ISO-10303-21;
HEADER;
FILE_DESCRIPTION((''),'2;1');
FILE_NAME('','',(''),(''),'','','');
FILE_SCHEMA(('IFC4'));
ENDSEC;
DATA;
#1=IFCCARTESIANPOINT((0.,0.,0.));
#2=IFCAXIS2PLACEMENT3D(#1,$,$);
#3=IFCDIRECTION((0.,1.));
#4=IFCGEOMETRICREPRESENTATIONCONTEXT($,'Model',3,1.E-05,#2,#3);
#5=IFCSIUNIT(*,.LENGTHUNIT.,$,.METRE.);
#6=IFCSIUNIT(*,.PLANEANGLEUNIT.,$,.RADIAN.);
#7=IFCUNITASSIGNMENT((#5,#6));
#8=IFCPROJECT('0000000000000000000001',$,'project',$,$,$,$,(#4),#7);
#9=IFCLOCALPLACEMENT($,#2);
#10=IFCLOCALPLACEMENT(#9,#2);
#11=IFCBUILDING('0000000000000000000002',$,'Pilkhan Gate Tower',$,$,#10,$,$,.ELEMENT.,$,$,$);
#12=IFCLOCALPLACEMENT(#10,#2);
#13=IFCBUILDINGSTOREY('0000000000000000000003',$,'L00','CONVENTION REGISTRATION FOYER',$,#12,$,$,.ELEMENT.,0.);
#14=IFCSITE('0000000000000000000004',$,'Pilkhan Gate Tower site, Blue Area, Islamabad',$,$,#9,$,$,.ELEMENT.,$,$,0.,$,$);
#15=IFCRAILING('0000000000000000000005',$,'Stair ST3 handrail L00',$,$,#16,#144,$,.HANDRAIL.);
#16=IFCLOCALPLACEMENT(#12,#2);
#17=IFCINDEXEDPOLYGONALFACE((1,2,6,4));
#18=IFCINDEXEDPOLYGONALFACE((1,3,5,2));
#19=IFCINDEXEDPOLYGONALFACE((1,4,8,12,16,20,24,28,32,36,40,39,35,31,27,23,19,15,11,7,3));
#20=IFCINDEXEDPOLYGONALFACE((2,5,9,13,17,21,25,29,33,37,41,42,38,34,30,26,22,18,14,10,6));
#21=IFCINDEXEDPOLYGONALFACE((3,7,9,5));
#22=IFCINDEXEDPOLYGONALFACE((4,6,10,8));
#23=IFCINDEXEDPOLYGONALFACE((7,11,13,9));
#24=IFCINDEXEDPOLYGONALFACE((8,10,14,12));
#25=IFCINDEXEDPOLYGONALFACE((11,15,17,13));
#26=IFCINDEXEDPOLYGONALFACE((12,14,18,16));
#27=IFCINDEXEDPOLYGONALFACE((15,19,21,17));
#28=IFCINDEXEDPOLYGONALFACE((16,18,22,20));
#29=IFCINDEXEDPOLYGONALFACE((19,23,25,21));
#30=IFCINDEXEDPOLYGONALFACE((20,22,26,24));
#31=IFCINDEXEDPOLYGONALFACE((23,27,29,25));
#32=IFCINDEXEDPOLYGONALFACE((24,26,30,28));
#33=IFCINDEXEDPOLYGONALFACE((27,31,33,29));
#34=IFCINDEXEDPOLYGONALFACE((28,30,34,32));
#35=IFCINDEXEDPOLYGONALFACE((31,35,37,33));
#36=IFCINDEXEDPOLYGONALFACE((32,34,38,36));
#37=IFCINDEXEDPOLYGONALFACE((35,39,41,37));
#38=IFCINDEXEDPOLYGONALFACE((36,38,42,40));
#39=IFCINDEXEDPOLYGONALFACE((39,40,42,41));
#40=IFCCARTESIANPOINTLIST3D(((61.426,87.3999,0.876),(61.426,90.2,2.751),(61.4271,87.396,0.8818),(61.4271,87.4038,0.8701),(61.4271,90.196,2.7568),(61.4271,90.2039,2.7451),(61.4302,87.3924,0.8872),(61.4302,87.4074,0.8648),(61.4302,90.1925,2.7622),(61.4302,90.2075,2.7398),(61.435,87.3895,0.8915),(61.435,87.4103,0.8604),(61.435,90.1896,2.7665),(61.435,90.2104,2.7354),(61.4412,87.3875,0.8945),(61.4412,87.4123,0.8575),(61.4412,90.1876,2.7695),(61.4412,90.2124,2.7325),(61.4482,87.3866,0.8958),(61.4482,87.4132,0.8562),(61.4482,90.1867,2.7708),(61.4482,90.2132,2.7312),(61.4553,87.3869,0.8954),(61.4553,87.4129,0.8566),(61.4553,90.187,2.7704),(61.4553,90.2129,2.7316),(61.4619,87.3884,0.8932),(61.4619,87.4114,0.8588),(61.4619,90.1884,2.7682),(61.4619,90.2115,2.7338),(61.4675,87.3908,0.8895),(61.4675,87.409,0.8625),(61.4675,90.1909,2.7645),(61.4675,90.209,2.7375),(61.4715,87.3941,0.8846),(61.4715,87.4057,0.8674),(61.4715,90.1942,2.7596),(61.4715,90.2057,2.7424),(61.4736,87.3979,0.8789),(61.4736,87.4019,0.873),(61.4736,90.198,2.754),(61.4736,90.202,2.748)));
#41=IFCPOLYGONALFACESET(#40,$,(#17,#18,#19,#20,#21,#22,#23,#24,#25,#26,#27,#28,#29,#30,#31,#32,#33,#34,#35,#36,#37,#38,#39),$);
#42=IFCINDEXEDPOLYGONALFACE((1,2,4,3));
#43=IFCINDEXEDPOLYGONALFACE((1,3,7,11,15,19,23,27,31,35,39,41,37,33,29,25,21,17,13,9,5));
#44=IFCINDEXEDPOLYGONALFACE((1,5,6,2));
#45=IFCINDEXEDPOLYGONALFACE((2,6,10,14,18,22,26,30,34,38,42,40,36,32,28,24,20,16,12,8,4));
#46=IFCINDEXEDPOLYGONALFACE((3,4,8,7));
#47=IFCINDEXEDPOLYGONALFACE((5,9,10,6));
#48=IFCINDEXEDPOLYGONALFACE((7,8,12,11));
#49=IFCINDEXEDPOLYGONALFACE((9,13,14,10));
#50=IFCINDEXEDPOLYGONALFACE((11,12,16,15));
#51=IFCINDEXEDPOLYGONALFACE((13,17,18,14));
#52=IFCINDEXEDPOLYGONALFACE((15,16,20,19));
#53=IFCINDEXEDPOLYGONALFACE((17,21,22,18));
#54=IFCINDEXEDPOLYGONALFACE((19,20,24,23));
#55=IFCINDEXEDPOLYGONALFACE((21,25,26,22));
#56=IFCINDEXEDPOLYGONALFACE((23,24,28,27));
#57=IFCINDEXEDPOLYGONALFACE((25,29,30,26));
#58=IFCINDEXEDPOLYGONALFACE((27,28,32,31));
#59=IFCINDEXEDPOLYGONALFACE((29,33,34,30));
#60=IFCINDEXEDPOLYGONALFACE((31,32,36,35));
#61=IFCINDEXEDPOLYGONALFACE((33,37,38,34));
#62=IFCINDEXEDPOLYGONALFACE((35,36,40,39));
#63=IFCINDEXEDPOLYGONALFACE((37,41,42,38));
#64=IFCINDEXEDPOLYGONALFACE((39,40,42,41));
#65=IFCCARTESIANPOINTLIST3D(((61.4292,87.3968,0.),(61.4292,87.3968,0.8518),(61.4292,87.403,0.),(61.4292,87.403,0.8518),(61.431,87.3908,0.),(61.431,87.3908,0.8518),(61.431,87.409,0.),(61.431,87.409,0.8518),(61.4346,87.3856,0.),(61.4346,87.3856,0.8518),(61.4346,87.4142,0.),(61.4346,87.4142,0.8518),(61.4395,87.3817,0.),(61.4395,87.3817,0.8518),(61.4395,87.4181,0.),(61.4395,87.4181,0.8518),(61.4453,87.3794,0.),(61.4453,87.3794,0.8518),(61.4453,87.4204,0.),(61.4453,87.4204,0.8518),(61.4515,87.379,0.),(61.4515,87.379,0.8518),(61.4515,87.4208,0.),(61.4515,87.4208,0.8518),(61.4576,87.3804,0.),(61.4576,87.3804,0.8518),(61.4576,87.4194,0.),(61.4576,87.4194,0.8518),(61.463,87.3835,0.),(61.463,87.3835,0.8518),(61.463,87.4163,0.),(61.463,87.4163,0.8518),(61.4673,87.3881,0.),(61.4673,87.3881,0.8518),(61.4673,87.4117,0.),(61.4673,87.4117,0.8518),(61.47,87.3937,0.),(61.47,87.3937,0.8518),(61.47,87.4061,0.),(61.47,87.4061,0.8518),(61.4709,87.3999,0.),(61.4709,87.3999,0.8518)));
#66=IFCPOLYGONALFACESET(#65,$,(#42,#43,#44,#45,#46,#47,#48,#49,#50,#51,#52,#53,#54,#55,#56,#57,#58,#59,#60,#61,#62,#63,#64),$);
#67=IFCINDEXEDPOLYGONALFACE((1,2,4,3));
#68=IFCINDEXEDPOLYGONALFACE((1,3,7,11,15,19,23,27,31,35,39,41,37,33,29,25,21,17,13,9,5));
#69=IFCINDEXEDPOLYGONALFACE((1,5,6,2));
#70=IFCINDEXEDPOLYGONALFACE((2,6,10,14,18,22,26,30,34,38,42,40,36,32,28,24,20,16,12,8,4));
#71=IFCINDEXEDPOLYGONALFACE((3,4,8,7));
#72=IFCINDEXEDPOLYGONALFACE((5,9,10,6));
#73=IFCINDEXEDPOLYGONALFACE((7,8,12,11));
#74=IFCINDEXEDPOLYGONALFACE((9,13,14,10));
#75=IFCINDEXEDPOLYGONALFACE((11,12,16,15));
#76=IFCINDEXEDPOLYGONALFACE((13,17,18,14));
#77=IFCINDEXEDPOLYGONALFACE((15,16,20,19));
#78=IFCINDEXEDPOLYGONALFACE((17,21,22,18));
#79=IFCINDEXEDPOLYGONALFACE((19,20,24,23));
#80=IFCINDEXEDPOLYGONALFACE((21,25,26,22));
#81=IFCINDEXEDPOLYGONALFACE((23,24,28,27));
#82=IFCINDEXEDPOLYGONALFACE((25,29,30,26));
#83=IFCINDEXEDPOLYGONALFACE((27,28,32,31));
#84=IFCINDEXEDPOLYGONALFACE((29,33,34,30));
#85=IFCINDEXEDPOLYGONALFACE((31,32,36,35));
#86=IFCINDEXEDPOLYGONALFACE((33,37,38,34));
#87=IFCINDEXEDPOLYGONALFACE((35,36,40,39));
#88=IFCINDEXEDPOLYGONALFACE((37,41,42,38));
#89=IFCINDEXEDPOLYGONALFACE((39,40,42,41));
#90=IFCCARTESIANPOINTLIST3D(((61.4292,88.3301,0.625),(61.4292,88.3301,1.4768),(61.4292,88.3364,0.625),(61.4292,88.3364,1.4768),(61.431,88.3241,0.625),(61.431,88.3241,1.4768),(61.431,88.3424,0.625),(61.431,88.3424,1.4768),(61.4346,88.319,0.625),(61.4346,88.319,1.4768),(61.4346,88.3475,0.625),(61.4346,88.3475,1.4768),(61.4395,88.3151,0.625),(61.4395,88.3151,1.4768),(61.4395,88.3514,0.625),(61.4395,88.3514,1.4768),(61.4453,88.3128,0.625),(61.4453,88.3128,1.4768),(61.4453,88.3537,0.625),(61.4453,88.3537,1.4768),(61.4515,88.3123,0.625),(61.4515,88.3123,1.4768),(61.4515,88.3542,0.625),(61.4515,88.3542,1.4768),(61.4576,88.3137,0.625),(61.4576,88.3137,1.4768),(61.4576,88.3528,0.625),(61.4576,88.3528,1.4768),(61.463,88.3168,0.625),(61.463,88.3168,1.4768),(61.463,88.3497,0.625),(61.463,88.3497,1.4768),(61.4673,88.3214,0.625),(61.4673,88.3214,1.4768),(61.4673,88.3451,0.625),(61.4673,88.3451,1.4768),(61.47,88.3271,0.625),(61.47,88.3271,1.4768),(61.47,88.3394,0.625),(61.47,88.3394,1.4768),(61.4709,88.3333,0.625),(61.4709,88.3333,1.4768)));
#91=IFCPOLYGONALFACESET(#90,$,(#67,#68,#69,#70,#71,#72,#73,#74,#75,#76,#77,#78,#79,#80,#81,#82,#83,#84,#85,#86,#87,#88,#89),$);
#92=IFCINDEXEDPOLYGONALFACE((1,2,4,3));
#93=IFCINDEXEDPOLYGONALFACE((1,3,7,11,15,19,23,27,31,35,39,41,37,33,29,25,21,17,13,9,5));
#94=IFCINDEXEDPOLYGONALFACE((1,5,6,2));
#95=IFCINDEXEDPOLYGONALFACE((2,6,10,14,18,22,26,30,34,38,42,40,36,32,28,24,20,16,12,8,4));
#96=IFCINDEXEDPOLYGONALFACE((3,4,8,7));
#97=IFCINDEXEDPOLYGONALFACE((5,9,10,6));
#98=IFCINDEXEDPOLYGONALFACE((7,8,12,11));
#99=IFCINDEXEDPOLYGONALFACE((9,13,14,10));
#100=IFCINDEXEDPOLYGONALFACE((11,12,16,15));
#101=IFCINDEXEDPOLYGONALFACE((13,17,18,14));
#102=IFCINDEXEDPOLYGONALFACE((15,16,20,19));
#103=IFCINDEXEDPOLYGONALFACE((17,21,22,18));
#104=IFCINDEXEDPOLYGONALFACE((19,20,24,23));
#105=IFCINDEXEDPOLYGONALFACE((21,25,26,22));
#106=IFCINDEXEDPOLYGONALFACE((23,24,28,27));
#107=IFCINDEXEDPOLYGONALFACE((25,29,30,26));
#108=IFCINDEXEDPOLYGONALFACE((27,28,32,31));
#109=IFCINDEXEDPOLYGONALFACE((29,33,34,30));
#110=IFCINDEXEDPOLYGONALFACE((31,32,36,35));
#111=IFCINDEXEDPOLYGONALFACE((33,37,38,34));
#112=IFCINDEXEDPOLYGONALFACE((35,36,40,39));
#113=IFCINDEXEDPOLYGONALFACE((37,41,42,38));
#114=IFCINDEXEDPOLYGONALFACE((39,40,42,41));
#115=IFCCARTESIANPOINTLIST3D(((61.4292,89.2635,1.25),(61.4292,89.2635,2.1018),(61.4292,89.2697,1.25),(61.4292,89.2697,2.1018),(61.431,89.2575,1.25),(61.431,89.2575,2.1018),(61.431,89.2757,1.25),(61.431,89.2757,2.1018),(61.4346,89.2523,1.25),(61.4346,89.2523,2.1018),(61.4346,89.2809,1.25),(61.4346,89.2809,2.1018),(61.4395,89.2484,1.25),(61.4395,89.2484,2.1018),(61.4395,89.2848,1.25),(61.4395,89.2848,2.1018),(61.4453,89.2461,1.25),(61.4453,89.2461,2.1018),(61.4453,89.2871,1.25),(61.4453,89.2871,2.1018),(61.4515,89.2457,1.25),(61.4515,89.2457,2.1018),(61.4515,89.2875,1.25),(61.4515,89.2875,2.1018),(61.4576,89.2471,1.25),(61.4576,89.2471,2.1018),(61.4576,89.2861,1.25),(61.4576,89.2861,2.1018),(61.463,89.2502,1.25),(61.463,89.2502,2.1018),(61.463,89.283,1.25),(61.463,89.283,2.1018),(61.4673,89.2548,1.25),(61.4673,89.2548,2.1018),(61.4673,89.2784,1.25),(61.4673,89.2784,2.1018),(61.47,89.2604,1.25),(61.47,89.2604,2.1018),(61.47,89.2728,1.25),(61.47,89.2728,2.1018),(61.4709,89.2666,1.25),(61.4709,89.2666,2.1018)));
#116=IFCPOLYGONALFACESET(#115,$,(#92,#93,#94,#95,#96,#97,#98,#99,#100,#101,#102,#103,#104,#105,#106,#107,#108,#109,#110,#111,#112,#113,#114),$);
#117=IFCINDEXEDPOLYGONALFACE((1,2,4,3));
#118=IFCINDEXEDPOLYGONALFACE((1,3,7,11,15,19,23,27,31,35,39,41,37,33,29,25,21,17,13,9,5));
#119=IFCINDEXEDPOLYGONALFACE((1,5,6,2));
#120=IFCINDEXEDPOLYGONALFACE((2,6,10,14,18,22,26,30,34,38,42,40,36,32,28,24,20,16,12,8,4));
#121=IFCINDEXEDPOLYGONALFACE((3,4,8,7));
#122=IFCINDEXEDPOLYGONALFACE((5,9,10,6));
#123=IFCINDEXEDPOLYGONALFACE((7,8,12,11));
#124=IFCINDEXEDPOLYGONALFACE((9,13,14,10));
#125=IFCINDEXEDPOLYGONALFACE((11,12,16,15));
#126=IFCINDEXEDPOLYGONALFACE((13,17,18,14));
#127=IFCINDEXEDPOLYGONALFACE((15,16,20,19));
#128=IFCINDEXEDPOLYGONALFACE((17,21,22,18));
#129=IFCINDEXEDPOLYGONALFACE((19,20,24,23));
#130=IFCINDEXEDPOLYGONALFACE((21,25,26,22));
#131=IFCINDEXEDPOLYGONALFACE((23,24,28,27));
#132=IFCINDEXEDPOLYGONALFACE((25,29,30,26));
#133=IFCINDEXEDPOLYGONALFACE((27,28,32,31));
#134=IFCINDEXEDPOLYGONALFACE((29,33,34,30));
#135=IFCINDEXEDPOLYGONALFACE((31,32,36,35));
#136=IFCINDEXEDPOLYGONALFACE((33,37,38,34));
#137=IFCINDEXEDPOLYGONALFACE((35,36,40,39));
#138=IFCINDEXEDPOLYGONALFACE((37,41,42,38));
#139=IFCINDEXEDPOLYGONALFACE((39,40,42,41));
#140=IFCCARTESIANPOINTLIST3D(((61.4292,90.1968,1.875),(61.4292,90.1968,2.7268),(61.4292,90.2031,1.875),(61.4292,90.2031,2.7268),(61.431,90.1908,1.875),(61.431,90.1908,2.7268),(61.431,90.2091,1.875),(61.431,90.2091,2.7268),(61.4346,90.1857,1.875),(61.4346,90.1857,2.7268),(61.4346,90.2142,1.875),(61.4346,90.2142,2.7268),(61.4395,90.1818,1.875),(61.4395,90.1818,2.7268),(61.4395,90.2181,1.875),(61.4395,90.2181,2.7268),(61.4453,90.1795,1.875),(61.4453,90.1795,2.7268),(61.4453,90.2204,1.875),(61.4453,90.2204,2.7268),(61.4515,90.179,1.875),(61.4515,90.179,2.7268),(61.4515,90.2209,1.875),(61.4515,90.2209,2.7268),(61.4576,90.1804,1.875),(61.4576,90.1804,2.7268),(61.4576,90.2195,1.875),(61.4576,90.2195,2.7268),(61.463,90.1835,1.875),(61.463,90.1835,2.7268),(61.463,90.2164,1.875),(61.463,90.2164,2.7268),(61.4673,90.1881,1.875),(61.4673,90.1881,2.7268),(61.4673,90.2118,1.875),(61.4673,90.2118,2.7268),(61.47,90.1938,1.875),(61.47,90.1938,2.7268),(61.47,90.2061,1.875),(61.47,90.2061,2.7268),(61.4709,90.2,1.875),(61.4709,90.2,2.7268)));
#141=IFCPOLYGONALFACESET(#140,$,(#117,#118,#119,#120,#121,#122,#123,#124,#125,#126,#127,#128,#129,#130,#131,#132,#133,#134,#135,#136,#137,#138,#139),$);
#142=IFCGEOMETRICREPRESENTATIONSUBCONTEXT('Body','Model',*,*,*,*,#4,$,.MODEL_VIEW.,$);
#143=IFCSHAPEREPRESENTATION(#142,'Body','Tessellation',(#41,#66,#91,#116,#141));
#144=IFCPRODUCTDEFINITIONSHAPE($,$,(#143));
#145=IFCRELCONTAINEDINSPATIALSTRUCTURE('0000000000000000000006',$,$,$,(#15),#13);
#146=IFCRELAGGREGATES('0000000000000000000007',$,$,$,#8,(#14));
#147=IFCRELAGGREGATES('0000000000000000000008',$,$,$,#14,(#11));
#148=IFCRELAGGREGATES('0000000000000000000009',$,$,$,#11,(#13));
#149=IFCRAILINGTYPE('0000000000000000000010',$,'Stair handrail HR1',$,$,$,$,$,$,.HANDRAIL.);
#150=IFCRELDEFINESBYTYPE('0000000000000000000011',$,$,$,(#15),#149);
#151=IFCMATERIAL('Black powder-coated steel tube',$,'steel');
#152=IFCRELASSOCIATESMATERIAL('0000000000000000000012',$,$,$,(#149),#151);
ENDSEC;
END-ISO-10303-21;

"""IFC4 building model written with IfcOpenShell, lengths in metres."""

from ifc_helpers import new_model, si_unit, direction, frame, origin, origin_2d, place, context, subcontext, project, spatial, circle, extrude, material, type_object, element, save


model = new_model("IFC4")

# Units and contexts
model_context = context("Model", 3, precision=1e-05, world=origin(), true_north=direction((0.0, 1.0)))
body_context = subcontext(model_context, "Body", "Model", "MODEL_VIEW")
ifc_project = project(units=[si_unit("LENGTHUNIT", "METRE"), si_unit("PLANEANGLEUNIT", "RADIAN")], contexts=[model_context])

# Site, building, storey
site_placement = place(None, origin())
site = spatial("IfcSite", under=ifc_project, at=site_placement, Name="Pilkhan Gate Tower site, Blue Area, Islamabad", CompositionType="ELEMENT", RefElevation=0.0)
building_placement = place(site_placement, origin())
building = spatial("IfcBuilding", under=site, at=building_placement, Name="Pilkhan Gate Tower", CompositionType="ELEMENT")
storey_placement = place(building_placement, origin())
storey = spatial("IfcBuildingStorey", under=building, at=storey_placement, Name="L00", Description="CONVENTION REGISTRATION FOYER", CompositionType="ELEMENT", Elevation=0.0)

# Railing
ifc_material_1 = material(Name="Black powder-coated steel tube", Category="steel")
railing_type_1 = type_object("IfcRailingType", Name="Stair handrail HR1", PredefinedType="HANDRAIL", material=ifc_material_1)
for number, where, name in (
    (1, (61.45, 87.3999, 0.0), "Stair ST3 handrail L00"),
):
    element("IfcRailing", number, at=place(storey_placement, frame(where)), inside=storey, type_object=railing_type_1, Name=name, PredefinedType="HANDRAIL", context=body_context, shape_type="SweptSolid", body=[
        extrude(circle(Radius=0.0239, at=origin_2d()), frame((0.0, 0.0, 0.876), z_axis=(0.0, 0.830912, 0.556404), x_axis=(-1.0, 0.0, 0.0)), (0.0, 0.0, 1.0), 3.3699),
        extrude(circle(Radius=0.021, at=origin_2d()), origin(), (0.0, 0.0, 1.0), 0.8518),
        extrude(circle(Radius=0.021, at=origin_2d()), frame((0.0, 0.9333, 0.625)), (0.0, 0.0, 1.0), 0.8518),
        extrude(circle(Radius=0.021, at=origin_2d()), frame((0.0, 1.8667, 1.25)), (0.0, 0.0, 1.0), 0.8518),
        extrude(circle(Radius=0.021, at=origin_2d()), frame((0.0, 2.8, 1.875)), (0.0, 0.0, 1.0), 0.8518),
    ])

save(model, "model.ifc")
